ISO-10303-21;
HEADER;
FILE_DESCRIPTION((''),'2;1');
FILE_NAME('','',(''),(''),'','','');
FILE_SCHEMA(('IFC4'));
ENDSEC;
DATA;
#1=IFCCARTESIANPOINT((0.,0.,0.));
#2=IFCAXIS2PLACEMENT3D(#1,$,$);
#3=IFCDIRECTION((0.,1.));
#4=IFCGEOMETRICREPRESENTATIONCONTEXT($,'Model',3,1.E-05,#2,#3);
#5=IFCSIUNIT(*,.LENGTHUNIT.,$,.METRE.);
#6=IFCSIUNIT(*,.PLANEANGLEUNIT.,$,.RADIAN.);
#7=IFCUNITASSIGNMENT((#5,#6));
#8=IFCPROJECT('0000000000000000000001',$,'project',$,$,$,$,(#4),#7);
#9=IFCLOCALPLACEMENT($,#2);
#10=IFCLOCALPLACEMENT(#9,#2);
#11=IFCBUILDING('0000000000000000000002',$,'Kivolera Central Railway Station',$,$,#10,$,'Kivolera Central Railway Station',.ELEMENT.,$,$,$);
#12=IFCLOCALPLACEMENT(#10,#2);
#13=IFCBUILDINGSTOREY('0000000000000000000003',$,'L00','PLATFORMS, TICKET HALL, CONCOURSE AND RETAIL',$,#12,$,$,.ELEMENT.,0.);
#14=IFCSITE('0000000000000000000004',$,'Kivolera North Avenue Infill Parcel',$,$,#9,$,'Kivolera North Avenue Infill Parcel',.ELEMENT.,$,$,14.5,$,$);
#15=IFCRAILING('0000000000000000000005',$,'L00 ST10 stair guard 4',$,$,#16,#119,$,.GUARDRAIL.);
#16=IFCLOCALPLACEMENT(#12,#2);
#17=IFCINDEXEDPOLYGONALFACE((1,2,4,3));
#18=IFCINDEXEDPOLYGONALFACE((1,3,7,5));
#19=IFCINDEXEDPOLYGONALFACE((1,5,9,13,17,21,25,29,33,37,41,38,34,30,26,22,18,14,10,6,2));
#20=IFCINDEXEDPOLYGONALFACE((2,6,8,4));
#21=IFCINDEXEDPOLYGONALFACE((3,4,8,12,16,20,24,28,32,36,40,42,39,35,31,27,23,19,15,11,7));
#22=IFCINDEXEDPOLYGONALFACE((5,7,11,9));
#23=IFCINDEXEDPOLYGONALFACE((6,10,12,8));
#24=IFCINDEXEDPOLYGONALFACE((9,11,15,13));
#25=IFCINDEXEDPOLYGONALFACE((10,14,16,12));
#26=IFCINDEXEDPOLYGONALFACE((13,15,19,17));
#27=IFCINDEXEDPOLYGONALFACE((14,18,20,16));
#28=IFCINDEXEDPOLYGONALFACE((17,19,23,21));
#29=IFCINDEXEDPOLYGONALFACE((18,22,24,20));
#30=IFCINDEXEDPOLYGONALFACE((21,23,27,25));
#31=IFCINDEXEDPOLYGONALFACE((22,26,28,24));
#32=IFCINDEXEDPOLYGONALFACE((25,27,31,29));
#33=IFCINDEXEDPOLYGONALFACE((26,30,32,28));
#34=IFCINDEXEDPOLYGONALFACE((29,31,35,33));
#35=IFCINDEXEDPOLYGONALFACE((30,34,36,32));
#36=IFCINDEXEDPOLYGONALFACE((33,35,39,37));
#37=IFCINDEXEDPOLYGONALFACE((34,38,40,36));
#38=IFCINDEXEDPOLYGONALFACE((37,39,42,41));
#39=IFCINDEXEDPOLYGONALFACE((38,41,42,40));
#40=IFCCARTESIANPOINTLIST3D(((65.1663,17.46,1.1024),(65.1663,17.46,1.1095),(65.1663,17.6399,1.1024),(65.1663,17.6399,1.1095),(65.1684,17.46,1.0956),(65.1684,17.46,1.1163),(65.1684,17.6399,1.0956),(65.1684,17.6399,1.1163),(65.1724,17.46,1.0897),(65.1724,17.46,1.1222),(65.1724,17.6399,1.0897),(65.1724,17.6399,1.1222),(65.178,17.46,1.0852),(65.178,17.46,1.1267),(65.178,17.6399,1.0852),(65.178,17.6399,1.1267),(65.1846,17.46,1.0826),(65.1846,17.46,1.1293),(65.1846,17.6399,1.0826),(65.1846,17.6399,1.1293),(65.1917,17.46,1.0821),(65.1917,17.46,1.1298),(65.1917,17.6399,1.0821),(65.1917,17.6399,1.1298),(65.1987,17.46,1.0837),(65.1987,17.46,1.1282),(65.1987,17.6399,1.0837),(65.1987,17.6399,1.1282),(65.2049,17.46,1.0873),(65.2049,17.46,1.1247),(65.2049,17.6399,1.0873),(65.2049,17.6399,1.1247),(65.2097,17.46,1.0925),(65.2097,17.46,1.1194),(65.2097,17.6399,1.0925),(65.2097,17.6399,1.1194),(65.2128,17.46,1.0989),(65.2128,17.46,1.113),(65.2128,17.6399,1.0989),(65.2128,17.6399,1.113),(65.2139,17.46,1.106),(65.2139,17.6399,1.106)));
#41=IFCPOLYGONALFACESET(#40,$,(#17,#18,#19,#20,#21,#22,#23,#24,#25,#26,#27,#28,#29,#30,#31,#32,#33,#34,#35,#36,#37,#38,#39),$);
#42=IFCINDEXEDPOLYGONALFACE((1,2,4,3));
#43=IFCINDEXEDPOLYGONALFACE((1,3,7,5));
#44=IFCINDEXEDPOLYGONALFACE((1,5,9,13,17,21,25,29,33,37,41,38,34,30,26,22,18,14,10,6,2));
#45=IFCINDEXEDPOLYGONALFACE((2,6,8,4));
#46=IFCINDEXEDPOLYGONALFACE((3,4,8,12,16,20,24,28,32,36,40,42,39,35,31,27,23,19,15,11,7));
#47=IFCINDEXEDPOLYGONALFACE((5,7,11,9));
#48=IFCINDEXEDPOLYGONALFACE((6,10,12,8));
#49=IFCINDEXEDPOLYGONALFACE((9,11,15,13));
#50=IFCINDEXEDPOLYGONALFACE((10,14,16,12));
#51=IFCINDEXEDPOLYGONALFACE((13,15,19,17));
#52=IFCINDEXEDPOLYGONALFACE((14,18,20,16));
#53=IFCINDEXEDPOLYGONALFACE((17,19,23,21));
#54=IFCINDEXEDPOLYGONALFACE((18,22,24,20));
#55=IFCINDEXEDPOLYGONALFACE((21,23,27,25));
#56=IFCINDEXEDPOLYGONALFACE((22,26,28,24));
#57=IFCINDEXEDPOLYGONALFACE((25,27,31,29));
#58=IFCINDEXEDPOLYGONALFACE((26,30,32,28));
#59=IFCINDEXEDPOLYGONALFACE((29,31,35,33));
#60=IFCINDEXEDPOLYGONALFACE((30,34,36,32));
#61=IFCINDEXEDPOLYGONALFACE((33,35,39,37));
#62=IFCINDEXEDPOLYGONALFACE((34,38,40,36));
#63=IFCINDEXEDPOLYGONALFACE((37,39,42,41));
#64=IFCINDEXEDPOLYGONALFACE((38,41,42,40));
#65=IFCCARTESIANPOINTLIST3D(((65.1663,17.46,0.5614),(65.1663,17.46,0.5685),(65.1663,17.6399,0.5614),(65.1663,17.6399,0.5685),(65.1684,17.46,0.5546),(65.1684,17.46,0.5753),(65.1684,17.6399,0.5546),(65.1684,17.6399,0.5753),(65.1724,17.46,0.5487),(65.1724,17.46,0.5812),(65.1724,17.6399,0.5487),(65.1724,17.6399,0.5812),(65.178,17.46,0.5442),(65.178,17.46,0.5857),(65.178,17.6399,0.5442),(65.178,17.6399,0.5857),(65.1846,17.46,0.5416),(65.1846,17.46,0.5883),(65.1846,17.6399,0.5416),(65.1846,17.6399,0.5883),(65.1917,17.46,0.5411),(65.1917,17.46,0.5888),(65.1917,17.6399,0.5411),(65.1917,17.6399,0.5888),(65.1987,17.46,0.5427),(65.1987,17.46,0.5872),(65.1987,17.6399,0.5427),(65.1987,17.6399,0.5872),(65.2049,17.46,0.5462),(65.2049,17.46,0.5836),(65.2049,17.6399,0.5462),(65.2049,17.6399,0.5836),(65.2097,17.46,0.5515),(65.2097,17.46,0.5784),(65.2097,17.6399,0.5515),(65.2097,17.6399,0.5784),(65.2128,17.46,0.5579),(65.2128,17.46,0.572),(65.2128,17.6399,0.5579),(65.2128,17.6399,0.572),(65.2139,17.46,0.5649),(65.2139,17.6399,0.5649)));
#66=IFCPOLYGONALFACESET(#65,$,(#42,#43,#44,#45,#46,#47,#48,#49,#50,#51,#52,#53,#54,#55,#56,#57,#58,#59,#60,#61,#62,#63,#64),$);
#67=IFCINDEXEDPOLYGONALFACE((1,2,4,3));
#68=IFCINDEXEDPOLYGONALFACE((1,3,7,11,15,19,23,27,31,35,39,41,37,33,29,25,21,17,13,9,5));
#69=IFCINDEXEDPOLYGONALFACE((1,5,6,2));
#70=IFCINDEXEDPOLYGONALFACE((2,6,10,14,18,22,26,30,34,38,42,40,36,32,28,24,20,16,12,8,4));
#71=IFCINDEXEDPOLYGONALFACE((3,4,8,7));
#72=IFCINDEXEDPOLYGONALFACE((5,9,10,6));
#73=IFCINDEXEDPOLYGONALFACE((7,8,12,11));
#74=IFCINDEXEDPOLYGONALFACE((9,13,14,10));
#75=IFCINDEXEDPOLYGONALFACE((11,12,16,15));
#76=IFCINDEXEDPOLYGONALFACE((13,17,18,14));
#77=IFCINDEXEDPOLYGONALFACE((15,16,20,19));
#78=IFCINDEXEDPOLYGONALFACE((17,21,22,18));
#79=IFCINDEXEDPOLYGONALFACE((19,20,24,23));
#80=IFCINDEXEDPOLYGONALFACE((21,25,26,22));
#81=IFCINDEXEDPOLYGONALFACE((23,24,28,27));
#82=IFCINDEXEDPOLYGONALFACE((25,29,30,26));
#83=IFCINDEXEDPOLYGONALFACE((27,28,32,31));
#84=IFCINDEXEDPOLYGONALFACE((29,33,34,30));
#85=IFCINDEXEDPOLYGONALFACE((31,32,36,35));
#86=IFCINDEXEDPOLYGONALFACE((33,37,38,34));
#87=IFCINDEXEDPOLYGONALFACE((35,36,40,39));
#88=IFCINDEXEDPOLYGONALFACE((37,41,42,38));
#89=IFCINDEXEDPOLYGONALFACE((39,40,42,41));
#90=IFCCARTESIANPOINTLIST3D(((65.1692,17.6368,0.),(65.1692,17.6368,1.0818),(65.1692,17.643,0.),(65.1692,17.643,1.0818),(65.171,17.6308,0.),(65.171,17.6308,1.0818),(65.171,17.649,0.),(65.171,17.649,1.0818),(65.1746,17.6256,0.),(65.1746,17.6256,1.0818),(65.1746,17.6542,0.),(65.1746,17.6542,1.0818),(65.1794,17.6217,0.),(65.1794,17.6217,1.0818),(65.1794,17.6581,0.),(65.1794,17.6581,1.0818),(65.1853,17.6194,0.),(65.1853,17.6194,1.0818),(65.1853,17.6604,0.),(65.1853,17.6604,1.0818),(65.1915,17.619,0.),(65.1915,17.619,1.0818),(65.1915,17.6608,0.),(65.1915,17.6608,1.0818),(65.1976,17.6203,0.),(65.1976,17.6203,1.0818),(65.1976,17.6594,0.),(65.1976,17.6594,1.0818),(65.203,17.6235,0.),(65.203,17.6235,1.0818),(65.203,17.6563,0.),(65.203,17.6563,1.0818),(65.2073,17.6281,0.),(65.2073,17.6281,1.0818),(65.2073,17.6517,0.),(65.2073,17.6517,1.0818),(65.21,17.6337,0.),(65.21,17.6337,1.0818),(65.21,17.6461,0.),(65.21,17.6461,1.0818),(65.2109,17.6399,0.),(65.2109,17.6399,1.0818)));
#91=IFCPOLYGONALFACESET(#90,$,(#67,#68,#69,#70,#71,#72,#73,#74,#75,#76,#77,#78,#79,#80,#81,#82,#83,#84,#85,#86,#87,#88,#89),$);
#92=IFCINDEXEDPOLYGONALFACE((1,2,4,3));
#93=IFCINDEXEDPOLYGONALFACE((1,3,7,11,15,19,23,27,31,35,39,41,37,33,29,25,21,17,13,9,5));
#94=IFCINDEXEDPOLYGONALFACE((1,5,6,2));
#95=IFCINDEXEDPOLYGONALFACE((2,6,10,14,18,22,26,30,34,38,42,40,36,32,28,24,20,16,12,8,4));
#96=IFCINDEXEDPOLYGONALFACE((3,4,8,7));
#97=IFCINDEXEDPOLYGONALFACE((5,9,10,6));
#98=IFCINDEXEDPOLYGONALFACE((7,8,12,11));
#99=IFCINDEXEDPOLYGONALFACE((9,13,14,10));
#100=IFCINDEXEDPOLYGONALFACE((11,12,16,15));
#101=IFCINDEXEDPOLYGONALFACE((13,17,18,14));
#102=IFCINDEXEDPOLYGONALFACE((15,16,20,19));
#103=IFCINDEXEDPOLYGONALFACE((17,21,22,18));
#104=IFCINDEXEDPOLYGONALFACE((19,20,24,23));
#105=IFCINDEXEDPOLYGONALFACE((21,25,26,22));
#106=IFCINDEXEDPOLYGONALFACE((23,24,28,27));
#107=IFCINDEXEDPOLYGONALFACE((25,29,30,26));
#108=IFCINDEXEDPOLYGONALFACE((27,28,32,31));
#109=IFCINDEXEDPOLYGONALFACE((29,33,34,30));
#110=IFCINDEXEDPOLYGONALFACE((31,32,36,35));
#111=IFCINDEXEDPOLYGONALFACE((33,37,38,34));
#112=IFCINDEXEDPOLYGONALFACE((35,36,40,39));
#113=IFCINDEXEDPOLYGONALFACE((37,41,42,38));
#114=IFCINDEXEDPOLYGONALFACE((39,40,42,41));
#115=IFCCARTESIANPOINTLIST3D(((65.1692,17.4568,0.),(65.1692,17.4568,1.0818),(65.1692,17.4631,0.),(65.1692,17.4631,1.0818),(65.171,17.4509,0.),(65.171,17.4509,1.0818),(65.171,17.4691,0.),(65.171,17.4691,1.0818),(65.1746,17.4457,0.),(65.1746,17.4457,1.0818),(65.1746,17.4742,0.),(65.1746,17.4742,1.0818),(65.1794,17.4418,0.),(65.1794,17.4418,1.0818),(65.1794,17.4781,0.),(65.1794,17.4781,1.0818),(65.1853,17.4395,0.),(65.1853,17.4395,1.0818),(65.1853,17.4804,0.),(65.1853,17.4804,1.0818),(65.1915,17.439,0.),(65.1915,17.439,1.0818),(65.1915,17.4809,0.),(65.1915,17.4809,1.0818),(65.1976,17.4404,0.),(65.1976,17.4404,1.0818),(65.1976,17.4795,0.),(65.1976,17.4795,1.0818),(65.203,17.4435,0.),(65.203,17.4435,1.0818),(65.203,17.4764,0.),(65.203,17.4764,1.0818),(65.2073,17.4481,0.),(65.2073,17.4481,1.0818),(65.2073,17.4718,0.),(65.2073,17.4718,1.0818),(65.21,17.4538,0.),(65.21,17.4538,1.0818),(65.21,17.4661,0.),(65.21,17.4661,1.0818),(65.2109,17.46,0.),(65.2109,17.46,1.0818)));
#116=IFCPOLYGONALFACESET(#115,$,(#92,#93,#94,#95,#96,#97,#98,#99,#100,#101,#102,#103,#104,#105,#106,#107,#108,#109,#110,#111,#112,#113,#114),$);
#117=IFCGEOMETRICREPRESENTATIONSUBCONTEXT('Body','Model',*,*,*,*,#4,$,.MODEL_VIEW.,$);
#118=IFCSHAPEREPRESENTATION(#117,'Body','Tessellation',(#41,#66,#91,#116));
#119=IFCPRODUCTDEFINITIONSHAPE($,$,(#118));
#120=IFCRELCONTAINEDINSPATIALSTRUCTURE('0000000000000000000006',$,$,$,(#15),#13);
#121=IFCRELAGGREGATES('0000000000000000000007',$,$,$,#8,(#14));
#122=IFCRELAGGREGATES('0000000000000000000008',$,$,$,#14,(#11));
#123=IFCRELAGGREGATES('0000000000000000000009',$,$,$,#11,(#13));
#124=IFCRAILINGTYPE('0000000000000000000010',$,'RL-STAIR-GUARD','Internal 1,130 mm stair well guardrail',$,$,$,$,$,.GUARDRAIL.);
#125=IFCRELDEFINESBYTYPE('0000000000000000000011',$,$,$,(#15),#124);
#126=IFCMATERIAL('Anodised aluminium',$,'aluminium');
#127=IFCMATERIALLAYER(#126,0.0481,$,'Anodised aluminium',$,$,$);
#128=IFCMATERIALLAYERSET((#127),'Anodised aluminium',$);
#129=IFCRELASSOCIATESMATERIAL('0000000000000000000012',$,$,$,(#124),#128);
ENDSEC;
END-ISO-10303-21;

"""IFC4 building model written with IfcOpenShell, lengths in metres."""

from ifc_helpers import new_model, si_unit, direction, frame, origin, origin_2d, place, context, subcontext, project, spatial, circle, extrude, material, layer, layer_set, type_object, element, save


model = new_model("IFC4")

# Units and contexts
model_context = context("Model", 3, precision=1e-05, world=origin(), true_north=direction((0.0, 1.0)))
body_context = subcontext(model_context, "Body", "Model", "MODEL_VIEW")
ifc_project = project(units=[si_unit("LENGTHUNIT", "METRE"), si_unit("PLANEANGLEUNIT", "RADIAN")], contexts=[model_context])

# Site, building, storey
site_placement = place(None, origin())
site = spatial("IfcSite", under=ifc_project, at=site_placement, Name="Kivolera North Avenue Infill Parcel", LongName="Kivolera North Avenue Infill Parcel", CompositionType="ELEMENT", RefElevation=14.5)
building_placement = place(site_placement, origin())
building = spatial("IfcBuilding", under=site, at=building_placement, Name="Kivolera Central Railway Station", LongName="Kivolera Central Railway Station", CompositionType="ELEMENT")
storey_placement = place(building_placement, origin())
storey = spatial("IfcBuildingStorey", under=building, at=storey_placement, Name="L00", Description="PLATFORMS, TICKET HALL, CONCOURSE AND RETAIL", CompositionType="ELEMENT", Elevation=0.0)

# Shared definitions
ifc_material_1 = material(Name="Anodised aluminium", Category="aluminium")

# Railing
ifc_layer_1 = layer(ifc_material_1, 0.0481, Name="Anodised aluminium")
ifc_layer_set_1 = layer_set([ifc_layer_1], Name="Anodised aluminium")
railing_type_1 = type_object("IfcRailingType", Name="RL-STAIR-GUARD", Description="Internal 1,130 mm stair well guardrail", PredefinedType="GUARDRAIL", material=ifc_layer_set_1)
railing_1_placement = place(storey_placement, frame((65.1899, 17.6399, 0.0)))
element("IfcRailing", 1, at=railing_1_placement, inside=storey, type_object=railing_type_1, Name="L00 ST10 stair guard 4", PredefinedType="GUARDRAIL", context=body_context, shape_type="SweptSolid", body=[
    extrude(circle(Radius=0.0239, at=origin_2d()), frame((0.0, 0.0, 1.106), z_axis=(0.0, -1.0, 0.0), x_axis=(1.0, 0.0, 0.0)), (0.0, 0.0, 1.0), 0.1799),
    extrude(circle(Radius=0.0239, at=origin_2d()), frame((0.0, 0.0, 0.5649), z_axis=(0.0, -1.0, 0.0), x_axis=(1.0, 0.0, 0.0)), (0.0, 0.0, 1.0), 0.1799),
    extrude(circle(Radius=0.021, at=origin_2d()), origin(), (0.0, 0.0, 1.0), 1.0818),
    extrude(circle(Radius=0.021, at=origin_2d()), frame((0.0, -0.1799, 0.0)), (0.0, 0.0, 1.0), 1.0818),
])

save(model, "model.ifc")
